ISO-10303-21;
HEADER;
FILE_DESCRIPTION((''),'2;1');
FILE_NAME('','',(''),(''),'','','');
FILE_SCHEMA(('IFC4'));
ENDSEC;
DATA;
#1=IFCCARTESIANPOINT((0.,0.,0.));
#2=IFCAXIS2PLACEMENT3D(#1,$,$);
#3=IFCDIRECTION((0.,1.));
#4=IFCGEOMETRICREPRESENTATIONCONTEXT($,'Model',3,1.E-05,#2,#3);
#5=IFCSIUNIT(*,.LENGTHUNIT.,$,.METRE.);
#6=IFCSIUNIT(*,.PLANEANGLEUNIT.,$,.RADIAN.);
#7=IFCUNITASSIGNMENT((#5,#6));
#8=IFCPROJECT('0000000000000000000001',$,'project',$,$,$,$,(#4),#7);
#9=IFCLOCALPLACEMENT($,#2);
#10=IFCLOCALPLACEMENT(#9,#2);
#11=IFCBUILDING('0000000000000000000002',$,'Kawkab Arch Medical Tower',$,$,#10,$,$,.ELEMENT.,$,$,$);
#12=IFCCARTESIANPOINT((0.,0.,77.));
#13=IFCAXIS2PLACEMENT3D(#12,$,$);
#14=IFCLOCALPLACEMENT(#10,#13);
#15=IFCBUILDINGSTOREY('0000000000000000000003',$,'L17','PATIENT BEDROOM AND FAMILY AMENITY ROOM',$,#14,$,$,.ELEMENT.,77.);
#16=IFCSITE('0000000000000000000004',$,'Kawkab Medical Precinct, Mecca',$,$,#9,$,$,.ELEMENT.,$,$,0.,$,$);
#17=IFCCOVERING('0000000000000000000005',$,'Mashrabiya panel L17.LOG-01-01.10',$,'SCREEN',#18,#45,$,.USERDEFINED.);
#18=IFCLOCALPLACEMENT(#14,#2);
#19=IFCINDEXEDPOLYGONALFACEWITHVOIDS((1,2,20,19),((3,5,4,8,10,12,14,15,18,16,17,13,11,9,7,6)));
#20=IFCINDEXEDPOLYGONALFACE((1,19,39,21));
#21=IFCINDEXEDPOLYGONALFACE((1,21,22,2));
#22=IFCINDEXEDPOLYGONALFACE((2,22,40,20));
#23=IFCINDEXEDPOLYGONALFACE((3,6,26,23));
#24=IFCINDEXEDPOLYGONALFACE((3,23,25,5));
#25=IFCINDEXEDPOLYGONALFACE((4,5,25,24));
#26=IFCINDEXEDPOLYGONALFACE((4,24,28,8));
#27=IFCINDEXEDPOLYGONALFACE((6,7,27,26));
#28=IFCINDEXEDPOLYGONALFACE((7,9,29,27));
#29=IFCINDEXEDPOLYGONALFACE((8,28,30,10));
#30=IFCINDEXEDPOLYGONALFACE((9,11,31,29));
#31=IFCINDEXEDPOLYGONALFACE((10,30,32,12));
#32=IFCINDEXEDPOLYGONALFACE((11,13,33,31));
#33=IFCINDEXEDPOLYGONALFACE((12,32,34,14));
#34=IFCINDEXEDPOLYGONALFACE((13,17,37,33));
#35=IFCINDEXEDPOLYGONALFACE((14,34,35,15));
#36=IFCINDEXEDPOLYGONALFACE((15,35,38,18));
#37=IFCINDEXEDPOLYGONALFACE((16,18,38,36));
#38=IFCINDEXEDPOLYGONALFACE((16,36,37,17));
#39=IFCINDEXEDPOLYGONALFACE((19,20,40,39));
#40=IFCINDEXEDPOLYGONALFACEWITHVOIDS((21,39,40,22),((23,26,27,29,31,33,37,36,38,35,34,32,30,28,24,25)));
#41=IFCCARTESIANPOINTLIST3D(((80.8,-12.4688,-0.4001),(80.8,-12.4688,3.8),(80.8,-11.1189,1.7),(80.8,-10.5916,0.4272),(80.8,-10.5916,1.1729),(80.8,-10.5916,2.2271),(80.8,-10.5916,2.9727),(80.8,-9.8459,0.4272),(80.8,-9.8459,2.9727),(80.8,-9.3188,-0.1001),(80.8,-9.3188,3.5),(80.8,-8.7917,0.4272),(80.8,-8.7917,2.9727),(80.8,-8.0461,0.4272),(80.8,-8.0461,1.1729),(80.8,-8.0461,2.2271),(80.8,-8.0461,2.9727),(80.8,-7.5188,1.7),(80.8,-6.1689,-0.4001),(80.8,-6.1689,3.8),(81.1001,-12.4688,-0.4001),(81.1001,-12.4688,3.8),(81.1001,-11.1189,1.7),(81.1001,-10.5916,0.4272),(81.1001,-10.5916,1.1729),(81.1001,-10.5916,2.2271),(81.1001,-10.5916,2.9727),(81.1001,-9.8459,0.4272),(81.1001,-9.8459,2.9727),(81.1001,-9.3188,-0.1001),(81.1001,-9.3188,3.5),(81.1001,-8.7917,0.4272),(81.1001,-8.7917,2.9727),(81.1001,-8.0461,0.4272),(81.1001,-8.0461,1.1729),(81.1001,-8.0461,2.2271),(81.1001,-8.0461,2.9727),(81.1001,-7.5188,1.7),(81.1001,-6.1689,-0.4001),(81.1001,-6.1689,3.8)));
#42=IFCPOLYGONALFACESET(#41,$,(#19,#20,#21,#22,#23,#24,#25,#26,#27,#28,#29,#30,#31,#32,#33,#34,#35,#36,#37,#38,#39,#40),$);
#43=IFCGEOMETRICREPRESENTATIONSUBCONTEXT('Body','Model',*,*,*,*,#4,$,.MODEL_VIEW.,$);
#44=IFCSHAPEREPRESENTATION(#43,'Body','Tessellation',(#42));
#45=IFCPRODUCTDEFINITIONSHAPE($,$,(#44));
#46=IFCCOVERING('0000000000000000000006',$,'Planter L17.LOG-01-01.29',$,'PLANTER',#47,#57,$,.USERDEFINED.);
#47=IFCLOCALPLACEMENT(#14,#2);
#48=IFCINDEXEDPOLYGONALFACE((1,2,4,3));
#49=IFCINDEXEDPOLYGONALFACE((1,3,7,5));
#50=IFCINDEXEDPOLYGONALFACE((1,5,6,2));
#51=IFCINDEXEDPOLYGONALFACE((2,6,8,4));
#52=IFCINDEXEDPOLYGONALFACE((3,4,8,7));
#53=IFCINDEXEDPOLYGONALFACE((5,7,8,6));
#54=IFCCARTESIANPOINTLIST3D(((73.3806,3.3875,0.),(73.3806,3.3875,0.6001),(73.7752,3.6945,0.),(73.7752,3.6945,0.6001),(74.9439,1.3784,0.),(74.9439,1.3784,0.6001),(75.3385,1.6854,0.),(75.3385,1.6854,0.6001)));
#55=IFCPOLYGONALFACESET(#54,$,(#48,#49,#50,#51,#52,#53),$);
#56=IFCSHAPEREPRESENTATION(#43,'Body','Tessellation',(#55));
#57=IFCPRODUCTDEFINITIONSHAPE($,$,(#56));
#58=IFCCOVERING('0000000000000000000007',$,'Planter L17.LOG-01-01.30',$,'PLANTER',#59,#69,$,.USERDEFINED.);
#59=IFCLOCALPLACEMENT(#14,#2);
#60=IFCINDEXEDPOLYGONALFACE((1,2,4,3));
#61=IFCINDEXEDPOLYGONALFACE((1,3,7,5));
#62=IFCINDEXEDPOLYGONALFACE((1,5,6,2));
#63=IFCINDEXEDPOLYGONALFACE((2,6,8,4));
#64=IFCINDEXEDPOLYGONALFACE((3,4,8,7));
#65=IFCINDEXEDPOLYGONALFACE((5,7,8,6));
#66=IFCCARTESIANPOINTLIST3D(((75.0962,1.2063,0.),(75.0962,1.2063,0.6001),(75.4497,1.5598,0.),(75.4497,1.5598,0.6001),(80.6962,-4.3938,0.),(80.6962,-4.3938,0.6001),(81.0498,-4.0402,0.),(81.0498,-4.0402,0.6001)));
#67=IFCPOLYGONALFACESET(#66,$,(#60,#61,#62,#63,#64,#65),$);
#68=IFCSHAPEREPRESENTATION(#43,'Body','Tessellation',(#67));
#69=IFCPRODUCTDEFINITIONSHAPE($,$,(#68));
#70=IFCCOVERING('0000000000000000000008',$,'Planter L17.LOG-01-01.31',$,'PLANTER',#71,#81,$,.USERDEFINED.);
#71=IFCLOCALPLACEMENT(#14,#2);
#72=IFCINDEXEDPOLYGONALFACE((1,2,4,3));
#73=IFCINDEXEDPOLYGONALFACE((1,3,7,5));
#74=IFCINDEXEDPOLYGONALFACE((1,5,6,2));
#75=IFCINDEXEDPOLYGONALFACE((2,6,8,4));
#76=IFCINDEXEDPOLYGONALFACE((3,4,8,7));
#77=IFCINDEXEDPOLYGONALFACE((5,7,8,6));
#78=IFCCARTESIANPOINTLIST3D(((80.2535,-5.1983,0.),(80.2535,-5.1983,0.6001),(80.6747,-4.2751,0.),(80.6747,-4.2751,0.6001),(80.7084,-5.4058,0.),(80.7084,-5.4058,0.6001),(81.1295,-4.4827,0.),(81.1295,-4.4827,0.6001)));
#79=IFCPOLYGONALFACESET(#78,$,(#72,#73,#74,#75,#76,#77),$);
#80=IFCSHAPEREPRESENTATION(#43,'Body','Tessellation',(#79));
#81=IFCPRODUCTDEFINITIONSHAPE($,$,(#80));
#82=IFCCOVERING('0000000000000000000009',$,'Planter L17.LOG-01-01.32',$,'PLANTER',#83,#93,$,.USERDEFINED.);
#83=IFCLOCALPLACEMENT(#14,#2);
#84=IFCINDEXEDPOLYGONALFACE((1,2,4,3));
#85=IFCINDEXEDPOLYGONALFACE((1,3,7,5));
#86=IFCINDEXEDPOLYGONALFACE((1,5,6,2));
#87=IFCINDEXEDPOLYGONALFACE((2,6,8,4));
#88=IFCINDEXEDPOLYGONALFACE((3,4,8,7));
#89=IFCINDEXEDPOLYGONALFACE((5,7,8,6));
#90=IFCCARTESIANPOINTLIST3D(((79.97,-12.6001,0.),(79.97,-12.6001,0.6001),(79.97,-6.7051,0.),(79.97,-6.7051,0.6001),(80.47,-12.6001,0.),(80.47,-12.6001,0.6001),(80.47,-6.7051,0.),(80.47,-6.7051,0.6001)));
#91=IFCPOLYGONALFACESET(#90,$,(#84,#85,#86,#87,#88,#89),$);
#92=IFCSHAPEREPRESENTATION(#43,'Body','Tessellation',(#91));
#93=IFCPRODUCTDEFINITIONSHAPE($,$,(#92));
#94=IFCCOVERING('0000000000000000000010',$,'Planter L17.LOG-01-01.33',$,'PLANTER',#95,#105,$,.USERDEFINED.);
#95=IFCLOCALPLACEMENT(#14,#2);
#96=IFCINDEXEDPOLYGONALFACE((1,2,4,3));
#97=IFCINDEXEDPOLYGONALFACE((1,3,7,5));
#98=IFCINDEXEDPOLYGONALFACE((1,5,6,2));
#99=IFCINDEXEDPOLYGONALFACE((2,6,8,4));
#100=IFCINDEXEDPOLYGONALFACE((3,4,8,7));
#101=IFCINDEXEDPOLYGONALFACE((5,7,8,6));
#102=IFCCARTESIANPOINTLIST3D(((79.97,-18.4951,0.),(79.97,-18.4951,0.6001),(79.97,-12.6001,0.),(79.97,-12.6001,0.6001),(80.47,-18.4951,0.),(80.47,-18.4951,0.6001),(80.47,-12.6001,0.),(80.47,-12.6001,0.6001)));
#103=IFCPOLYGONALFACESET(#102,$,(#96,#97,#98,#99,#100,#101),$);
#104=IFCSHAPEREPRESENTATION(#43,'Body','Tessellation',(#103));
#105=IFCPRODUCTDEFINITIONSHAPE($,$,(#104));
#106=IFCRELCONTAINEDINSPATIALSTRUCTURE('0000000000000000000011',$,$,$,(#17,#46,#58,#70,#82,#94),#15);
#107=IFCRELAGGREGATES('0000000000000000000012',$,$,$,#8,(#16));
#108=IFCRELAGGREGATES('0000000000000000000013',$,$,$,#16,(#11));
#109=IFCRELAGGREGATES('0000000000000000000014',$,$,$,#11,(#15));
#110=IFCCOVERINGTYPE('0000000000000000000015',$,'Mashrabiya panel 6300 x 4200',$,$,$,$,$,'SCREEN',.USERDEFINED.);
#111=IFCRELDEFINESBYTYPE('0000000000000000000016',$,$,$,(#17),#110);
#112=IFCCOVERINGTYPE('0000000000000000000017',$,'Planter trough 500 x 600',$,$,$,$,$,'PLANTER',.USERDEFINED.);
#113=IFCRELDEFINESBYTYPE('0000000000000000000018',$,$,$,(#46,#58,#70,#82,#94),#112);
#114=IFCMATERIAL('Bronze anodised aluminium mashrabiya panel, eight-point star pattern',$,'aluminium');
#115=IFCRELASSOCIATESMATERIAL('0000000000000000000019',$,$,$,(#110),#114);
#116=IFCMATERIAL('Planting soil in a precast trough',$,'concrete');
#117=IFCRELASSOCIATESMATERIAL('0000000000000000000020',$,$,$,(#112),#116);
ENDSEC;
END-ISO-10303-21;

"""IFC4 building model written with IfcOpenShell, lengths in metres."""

from ifc_helpers import new_model, si_unit, direction, frame, origin, origin_2d, place, context, subcontext, project, spatial, polyline, rectangle, outline, extrude, material, material_profile, profile_set, type_object, element, save


model = new_model("IFC4")

# Units and contexts
model_context = context("Model", 3, precision=1e-05, world=origin(), true_north=direction((0.0, 1.0)))
body_context = subcontext(model_context, "Body", "Model", "MODEL_VIEW")
ifc_project = project(units=[si_unit("LENGTHUNIT", "METRE"), si_unit("PLANEANGLEUNIT", "RADIAN")], contexts=[model_context])

# Site, building, storey
site_placement = place(None, origin())
site = spatial("IfcSite", under=ifc_project, at=site_placement, Name="Kawkab Medical Precinct, Mecca", CompositionType="ELEMENT", RefElevation=0.0)
building_placement = place(site_placement, origin())
building = spatial("IfcBuilding", under=site, at=building_placement, Name="Kawkab Arch Medical Tower", CompositionType="ELEMENT")
storey_placement = place(building_placement, frame((0.0, 0.0, 77.0)))
storey = spatial("IfcBuildingStorey", under=building, at=storey_placement, Name="L17", Description="PATIENT BEDROOM AND FAMILY AMENITY ROOM", CompositionType="ELEMENT", Elevation=77.0)

# Coverings
ifc_material_1 = material(Name="Bronze anodised aluminium mashrabiya panel, eight-point star pattern", Category="aluminium")
ifc_material_profile_1 = material_profile(ifc_material_1, outline(polyline([(-3.1499, -2.1001), (3.1499, -2.1001), (3.1499, 2.1001), (-3.1499, 2.1001), (-3.1499, -2.1001)]), holes=[polyline([(1.8, 0.0), (1.2727, 0.5271), (1.2727, 1.2727), (0.5271, 1.2727), (0.0, 1.8), (-0.5271, 1.2727), (-1.2727, 1.2727), (-1.2727, 0.5271), (-1.8, 0.0), (-1.2727, -0.5271), (-1.2727, -1.2727), (-0.5271, -1.2727), (0.0, -1.8), (0.5271, -1.2727), (1.2727, -1.2727), (1.2727, -0.5271), (1.8, 0.0)])]), Name="Mashrabiya panel 6300x4200")
ifc_profile_set_1 = profile_set([ifc_material_profile_1], Name="Bronze anodised aluminium mashrabiya panel, eight-point star pattern")
covering_type_1 = type_object("IfcCoveringType", Name="Mashrabiya panel 6300 x 4200", ElementType="SCREEN", PredefinedType="USERDEFINED", material=ifc_profile_set_1)
covering_1_placement = place(storey_placement, frame((80.8, -9.3188, 1.7), z_axis=(1.0, 0.0, 0.0), x_axis=(0.0, 1.0, 0.0)))
element("IfcCovering", 1, at=covering_1_placement, inside=storey, type_object=covering_type_1, Name="Mashrabiya panel L17.LOG-01-01.10", ObjectType="SCREEN", PredefinedType="USERDEFINED", context=body_context, shape_type="SweptSolid", body=[
    extrude(outline(polyline([(-3.1499, -2.1001), (3.1499, -2.1001), (3.1499, 2.1001), (-3.1499, 2.1001), (-3.1499, -2.1001)]), holes=[polyline([(1.8, 0.0), (1.2727, 0.5271), (1.2727, 1.2727), (0.5271, 1.2727), (0.0, 1.8), (-0.5271, 1.2727), (-1.2727, 1.2727), (-1.2727, 0.5271), (-1.8, 0.0), (-1.2727, -0.5271), (-1.2727, -1.2727), (-0.5271, -1.2727), (0.0, -1.8), (0.5271, -1.2727), (1.2727, -1.2727), (1.2727, -0.5271), (1.8, 0.0)])]), origin(), (0.0, 0.0, 1.0), 0.3),
])
ifc_material_2 = material(Name="Planting soil in a precast trough", Category="concrete")
ifc_material_profile_2 = material_profile(ifc_material_2, rectangle(XDim=0.5, YDim=0.6001, at=origin_2d()), Name="Trough 500x600")
ifc_profile_set_2 = profile_set([ifc_material_profile_2], Name="Planting soil in a precast trough")
covering_type_2 = type_object("IfcCoveringType", Name="Planter trough 500 x 600", ElementType="PLANTER", PredefinedType="USERDEFINED", material=ifc_profile_set_2)
covering_2_placement = place(storey_placement, frame((73.5779, 3.541, 0.3), z_axis=(0.6141, -0.789228, 0.0), x_axis=(0.789228, 0.6141, 0.0)))
element("IfcCovering", 2, at=covering_2_placement, inside=storey, type_object=covering_type_2, Name="Planter L17.LOG-01-01.29", ObjectType="PLANTER", PredefinedType="USERDEFINED", context=body_context, shape_type="SweptSolid", body=[
    extrude(rectangle(XDim=0.5, YDim=0.6001, at=origin_2d()), origin(), (0.0, 0.0, 1.0), 2.5457),
])
covering_3_placement = place(storey_placement, frame((75.2729, 1.3831, 0.3), z_axis=(0.707107, -0.707107, 0.0), x_axis=(0.707107, 0.707107, 0.0)))
element("IfcCovering", 3, at=covering_3_placement, inside=storey, type_object=covering_type_2, Name="Planter L17.LOG-01-01.30", ObjectType="PLANTER", PredefinedType="USERDEFINED", context=body_context, shape_type="SweptSolid", body=[
    extrude(rectangle(XDim=0.5, YDim=0.6001, at=origin_2d()), origin(), (0.0, 0.0, 1.0), 7.9197),
])
covering_4_placement = place(storey_placement, frame((80.9021, -4.3789, 0.3), z_axis=(-0.415072, -0.909789, 0.0), x_axis=(0.909789, -0.415072, 0.0)))
element("IfcCovering", 4, at=covering_4_placement, inside=storey, type_object=covering_type_2, Name="Planter L17.LOG-01-01.31", ObjectType="PLANTER", PredefinedType="USERDEFINED", context=body_context, shape_type="SweptSolid", body=[
    extrude(rectangle(XDim=0.5, YDim=0.6001, at=origin_2d()), origin(), (0.0, 0.0, 1.0), 1.0146),
])
for number, where, z_axis, x_axis, name in (
    (5, (80.22, -6.7051, 0.3), (0.0, -1.0, 0.0), (1.0, 0.0, 0.0), "Planter L17.LOG-01-01.32"),
    (6, (80.22, -12.6001, 0.3), (0.0, -1.0, 0.0), (1.0, 0.0, 0.0), "Planter L17.LOG-01-01.33"),
):
    element("IfcCovering", number, at=place(storey_placement, frame(where, z_axis=z_axis, x_axis=x_axis)), inside=storey, type_object=covering_type_2, Name=name, ObjectType="PLANTER", PredefinedType="USERDEFINED", context=body_context, shape_type="SweptSolid", body=[
        extrude(rectangle(XDim=0.5, YDim=0.6001, at=origin_2d()), origin(), (0.0, 0.0, 1.0), 5.895),
    ])

save(model, "model.ifc")
